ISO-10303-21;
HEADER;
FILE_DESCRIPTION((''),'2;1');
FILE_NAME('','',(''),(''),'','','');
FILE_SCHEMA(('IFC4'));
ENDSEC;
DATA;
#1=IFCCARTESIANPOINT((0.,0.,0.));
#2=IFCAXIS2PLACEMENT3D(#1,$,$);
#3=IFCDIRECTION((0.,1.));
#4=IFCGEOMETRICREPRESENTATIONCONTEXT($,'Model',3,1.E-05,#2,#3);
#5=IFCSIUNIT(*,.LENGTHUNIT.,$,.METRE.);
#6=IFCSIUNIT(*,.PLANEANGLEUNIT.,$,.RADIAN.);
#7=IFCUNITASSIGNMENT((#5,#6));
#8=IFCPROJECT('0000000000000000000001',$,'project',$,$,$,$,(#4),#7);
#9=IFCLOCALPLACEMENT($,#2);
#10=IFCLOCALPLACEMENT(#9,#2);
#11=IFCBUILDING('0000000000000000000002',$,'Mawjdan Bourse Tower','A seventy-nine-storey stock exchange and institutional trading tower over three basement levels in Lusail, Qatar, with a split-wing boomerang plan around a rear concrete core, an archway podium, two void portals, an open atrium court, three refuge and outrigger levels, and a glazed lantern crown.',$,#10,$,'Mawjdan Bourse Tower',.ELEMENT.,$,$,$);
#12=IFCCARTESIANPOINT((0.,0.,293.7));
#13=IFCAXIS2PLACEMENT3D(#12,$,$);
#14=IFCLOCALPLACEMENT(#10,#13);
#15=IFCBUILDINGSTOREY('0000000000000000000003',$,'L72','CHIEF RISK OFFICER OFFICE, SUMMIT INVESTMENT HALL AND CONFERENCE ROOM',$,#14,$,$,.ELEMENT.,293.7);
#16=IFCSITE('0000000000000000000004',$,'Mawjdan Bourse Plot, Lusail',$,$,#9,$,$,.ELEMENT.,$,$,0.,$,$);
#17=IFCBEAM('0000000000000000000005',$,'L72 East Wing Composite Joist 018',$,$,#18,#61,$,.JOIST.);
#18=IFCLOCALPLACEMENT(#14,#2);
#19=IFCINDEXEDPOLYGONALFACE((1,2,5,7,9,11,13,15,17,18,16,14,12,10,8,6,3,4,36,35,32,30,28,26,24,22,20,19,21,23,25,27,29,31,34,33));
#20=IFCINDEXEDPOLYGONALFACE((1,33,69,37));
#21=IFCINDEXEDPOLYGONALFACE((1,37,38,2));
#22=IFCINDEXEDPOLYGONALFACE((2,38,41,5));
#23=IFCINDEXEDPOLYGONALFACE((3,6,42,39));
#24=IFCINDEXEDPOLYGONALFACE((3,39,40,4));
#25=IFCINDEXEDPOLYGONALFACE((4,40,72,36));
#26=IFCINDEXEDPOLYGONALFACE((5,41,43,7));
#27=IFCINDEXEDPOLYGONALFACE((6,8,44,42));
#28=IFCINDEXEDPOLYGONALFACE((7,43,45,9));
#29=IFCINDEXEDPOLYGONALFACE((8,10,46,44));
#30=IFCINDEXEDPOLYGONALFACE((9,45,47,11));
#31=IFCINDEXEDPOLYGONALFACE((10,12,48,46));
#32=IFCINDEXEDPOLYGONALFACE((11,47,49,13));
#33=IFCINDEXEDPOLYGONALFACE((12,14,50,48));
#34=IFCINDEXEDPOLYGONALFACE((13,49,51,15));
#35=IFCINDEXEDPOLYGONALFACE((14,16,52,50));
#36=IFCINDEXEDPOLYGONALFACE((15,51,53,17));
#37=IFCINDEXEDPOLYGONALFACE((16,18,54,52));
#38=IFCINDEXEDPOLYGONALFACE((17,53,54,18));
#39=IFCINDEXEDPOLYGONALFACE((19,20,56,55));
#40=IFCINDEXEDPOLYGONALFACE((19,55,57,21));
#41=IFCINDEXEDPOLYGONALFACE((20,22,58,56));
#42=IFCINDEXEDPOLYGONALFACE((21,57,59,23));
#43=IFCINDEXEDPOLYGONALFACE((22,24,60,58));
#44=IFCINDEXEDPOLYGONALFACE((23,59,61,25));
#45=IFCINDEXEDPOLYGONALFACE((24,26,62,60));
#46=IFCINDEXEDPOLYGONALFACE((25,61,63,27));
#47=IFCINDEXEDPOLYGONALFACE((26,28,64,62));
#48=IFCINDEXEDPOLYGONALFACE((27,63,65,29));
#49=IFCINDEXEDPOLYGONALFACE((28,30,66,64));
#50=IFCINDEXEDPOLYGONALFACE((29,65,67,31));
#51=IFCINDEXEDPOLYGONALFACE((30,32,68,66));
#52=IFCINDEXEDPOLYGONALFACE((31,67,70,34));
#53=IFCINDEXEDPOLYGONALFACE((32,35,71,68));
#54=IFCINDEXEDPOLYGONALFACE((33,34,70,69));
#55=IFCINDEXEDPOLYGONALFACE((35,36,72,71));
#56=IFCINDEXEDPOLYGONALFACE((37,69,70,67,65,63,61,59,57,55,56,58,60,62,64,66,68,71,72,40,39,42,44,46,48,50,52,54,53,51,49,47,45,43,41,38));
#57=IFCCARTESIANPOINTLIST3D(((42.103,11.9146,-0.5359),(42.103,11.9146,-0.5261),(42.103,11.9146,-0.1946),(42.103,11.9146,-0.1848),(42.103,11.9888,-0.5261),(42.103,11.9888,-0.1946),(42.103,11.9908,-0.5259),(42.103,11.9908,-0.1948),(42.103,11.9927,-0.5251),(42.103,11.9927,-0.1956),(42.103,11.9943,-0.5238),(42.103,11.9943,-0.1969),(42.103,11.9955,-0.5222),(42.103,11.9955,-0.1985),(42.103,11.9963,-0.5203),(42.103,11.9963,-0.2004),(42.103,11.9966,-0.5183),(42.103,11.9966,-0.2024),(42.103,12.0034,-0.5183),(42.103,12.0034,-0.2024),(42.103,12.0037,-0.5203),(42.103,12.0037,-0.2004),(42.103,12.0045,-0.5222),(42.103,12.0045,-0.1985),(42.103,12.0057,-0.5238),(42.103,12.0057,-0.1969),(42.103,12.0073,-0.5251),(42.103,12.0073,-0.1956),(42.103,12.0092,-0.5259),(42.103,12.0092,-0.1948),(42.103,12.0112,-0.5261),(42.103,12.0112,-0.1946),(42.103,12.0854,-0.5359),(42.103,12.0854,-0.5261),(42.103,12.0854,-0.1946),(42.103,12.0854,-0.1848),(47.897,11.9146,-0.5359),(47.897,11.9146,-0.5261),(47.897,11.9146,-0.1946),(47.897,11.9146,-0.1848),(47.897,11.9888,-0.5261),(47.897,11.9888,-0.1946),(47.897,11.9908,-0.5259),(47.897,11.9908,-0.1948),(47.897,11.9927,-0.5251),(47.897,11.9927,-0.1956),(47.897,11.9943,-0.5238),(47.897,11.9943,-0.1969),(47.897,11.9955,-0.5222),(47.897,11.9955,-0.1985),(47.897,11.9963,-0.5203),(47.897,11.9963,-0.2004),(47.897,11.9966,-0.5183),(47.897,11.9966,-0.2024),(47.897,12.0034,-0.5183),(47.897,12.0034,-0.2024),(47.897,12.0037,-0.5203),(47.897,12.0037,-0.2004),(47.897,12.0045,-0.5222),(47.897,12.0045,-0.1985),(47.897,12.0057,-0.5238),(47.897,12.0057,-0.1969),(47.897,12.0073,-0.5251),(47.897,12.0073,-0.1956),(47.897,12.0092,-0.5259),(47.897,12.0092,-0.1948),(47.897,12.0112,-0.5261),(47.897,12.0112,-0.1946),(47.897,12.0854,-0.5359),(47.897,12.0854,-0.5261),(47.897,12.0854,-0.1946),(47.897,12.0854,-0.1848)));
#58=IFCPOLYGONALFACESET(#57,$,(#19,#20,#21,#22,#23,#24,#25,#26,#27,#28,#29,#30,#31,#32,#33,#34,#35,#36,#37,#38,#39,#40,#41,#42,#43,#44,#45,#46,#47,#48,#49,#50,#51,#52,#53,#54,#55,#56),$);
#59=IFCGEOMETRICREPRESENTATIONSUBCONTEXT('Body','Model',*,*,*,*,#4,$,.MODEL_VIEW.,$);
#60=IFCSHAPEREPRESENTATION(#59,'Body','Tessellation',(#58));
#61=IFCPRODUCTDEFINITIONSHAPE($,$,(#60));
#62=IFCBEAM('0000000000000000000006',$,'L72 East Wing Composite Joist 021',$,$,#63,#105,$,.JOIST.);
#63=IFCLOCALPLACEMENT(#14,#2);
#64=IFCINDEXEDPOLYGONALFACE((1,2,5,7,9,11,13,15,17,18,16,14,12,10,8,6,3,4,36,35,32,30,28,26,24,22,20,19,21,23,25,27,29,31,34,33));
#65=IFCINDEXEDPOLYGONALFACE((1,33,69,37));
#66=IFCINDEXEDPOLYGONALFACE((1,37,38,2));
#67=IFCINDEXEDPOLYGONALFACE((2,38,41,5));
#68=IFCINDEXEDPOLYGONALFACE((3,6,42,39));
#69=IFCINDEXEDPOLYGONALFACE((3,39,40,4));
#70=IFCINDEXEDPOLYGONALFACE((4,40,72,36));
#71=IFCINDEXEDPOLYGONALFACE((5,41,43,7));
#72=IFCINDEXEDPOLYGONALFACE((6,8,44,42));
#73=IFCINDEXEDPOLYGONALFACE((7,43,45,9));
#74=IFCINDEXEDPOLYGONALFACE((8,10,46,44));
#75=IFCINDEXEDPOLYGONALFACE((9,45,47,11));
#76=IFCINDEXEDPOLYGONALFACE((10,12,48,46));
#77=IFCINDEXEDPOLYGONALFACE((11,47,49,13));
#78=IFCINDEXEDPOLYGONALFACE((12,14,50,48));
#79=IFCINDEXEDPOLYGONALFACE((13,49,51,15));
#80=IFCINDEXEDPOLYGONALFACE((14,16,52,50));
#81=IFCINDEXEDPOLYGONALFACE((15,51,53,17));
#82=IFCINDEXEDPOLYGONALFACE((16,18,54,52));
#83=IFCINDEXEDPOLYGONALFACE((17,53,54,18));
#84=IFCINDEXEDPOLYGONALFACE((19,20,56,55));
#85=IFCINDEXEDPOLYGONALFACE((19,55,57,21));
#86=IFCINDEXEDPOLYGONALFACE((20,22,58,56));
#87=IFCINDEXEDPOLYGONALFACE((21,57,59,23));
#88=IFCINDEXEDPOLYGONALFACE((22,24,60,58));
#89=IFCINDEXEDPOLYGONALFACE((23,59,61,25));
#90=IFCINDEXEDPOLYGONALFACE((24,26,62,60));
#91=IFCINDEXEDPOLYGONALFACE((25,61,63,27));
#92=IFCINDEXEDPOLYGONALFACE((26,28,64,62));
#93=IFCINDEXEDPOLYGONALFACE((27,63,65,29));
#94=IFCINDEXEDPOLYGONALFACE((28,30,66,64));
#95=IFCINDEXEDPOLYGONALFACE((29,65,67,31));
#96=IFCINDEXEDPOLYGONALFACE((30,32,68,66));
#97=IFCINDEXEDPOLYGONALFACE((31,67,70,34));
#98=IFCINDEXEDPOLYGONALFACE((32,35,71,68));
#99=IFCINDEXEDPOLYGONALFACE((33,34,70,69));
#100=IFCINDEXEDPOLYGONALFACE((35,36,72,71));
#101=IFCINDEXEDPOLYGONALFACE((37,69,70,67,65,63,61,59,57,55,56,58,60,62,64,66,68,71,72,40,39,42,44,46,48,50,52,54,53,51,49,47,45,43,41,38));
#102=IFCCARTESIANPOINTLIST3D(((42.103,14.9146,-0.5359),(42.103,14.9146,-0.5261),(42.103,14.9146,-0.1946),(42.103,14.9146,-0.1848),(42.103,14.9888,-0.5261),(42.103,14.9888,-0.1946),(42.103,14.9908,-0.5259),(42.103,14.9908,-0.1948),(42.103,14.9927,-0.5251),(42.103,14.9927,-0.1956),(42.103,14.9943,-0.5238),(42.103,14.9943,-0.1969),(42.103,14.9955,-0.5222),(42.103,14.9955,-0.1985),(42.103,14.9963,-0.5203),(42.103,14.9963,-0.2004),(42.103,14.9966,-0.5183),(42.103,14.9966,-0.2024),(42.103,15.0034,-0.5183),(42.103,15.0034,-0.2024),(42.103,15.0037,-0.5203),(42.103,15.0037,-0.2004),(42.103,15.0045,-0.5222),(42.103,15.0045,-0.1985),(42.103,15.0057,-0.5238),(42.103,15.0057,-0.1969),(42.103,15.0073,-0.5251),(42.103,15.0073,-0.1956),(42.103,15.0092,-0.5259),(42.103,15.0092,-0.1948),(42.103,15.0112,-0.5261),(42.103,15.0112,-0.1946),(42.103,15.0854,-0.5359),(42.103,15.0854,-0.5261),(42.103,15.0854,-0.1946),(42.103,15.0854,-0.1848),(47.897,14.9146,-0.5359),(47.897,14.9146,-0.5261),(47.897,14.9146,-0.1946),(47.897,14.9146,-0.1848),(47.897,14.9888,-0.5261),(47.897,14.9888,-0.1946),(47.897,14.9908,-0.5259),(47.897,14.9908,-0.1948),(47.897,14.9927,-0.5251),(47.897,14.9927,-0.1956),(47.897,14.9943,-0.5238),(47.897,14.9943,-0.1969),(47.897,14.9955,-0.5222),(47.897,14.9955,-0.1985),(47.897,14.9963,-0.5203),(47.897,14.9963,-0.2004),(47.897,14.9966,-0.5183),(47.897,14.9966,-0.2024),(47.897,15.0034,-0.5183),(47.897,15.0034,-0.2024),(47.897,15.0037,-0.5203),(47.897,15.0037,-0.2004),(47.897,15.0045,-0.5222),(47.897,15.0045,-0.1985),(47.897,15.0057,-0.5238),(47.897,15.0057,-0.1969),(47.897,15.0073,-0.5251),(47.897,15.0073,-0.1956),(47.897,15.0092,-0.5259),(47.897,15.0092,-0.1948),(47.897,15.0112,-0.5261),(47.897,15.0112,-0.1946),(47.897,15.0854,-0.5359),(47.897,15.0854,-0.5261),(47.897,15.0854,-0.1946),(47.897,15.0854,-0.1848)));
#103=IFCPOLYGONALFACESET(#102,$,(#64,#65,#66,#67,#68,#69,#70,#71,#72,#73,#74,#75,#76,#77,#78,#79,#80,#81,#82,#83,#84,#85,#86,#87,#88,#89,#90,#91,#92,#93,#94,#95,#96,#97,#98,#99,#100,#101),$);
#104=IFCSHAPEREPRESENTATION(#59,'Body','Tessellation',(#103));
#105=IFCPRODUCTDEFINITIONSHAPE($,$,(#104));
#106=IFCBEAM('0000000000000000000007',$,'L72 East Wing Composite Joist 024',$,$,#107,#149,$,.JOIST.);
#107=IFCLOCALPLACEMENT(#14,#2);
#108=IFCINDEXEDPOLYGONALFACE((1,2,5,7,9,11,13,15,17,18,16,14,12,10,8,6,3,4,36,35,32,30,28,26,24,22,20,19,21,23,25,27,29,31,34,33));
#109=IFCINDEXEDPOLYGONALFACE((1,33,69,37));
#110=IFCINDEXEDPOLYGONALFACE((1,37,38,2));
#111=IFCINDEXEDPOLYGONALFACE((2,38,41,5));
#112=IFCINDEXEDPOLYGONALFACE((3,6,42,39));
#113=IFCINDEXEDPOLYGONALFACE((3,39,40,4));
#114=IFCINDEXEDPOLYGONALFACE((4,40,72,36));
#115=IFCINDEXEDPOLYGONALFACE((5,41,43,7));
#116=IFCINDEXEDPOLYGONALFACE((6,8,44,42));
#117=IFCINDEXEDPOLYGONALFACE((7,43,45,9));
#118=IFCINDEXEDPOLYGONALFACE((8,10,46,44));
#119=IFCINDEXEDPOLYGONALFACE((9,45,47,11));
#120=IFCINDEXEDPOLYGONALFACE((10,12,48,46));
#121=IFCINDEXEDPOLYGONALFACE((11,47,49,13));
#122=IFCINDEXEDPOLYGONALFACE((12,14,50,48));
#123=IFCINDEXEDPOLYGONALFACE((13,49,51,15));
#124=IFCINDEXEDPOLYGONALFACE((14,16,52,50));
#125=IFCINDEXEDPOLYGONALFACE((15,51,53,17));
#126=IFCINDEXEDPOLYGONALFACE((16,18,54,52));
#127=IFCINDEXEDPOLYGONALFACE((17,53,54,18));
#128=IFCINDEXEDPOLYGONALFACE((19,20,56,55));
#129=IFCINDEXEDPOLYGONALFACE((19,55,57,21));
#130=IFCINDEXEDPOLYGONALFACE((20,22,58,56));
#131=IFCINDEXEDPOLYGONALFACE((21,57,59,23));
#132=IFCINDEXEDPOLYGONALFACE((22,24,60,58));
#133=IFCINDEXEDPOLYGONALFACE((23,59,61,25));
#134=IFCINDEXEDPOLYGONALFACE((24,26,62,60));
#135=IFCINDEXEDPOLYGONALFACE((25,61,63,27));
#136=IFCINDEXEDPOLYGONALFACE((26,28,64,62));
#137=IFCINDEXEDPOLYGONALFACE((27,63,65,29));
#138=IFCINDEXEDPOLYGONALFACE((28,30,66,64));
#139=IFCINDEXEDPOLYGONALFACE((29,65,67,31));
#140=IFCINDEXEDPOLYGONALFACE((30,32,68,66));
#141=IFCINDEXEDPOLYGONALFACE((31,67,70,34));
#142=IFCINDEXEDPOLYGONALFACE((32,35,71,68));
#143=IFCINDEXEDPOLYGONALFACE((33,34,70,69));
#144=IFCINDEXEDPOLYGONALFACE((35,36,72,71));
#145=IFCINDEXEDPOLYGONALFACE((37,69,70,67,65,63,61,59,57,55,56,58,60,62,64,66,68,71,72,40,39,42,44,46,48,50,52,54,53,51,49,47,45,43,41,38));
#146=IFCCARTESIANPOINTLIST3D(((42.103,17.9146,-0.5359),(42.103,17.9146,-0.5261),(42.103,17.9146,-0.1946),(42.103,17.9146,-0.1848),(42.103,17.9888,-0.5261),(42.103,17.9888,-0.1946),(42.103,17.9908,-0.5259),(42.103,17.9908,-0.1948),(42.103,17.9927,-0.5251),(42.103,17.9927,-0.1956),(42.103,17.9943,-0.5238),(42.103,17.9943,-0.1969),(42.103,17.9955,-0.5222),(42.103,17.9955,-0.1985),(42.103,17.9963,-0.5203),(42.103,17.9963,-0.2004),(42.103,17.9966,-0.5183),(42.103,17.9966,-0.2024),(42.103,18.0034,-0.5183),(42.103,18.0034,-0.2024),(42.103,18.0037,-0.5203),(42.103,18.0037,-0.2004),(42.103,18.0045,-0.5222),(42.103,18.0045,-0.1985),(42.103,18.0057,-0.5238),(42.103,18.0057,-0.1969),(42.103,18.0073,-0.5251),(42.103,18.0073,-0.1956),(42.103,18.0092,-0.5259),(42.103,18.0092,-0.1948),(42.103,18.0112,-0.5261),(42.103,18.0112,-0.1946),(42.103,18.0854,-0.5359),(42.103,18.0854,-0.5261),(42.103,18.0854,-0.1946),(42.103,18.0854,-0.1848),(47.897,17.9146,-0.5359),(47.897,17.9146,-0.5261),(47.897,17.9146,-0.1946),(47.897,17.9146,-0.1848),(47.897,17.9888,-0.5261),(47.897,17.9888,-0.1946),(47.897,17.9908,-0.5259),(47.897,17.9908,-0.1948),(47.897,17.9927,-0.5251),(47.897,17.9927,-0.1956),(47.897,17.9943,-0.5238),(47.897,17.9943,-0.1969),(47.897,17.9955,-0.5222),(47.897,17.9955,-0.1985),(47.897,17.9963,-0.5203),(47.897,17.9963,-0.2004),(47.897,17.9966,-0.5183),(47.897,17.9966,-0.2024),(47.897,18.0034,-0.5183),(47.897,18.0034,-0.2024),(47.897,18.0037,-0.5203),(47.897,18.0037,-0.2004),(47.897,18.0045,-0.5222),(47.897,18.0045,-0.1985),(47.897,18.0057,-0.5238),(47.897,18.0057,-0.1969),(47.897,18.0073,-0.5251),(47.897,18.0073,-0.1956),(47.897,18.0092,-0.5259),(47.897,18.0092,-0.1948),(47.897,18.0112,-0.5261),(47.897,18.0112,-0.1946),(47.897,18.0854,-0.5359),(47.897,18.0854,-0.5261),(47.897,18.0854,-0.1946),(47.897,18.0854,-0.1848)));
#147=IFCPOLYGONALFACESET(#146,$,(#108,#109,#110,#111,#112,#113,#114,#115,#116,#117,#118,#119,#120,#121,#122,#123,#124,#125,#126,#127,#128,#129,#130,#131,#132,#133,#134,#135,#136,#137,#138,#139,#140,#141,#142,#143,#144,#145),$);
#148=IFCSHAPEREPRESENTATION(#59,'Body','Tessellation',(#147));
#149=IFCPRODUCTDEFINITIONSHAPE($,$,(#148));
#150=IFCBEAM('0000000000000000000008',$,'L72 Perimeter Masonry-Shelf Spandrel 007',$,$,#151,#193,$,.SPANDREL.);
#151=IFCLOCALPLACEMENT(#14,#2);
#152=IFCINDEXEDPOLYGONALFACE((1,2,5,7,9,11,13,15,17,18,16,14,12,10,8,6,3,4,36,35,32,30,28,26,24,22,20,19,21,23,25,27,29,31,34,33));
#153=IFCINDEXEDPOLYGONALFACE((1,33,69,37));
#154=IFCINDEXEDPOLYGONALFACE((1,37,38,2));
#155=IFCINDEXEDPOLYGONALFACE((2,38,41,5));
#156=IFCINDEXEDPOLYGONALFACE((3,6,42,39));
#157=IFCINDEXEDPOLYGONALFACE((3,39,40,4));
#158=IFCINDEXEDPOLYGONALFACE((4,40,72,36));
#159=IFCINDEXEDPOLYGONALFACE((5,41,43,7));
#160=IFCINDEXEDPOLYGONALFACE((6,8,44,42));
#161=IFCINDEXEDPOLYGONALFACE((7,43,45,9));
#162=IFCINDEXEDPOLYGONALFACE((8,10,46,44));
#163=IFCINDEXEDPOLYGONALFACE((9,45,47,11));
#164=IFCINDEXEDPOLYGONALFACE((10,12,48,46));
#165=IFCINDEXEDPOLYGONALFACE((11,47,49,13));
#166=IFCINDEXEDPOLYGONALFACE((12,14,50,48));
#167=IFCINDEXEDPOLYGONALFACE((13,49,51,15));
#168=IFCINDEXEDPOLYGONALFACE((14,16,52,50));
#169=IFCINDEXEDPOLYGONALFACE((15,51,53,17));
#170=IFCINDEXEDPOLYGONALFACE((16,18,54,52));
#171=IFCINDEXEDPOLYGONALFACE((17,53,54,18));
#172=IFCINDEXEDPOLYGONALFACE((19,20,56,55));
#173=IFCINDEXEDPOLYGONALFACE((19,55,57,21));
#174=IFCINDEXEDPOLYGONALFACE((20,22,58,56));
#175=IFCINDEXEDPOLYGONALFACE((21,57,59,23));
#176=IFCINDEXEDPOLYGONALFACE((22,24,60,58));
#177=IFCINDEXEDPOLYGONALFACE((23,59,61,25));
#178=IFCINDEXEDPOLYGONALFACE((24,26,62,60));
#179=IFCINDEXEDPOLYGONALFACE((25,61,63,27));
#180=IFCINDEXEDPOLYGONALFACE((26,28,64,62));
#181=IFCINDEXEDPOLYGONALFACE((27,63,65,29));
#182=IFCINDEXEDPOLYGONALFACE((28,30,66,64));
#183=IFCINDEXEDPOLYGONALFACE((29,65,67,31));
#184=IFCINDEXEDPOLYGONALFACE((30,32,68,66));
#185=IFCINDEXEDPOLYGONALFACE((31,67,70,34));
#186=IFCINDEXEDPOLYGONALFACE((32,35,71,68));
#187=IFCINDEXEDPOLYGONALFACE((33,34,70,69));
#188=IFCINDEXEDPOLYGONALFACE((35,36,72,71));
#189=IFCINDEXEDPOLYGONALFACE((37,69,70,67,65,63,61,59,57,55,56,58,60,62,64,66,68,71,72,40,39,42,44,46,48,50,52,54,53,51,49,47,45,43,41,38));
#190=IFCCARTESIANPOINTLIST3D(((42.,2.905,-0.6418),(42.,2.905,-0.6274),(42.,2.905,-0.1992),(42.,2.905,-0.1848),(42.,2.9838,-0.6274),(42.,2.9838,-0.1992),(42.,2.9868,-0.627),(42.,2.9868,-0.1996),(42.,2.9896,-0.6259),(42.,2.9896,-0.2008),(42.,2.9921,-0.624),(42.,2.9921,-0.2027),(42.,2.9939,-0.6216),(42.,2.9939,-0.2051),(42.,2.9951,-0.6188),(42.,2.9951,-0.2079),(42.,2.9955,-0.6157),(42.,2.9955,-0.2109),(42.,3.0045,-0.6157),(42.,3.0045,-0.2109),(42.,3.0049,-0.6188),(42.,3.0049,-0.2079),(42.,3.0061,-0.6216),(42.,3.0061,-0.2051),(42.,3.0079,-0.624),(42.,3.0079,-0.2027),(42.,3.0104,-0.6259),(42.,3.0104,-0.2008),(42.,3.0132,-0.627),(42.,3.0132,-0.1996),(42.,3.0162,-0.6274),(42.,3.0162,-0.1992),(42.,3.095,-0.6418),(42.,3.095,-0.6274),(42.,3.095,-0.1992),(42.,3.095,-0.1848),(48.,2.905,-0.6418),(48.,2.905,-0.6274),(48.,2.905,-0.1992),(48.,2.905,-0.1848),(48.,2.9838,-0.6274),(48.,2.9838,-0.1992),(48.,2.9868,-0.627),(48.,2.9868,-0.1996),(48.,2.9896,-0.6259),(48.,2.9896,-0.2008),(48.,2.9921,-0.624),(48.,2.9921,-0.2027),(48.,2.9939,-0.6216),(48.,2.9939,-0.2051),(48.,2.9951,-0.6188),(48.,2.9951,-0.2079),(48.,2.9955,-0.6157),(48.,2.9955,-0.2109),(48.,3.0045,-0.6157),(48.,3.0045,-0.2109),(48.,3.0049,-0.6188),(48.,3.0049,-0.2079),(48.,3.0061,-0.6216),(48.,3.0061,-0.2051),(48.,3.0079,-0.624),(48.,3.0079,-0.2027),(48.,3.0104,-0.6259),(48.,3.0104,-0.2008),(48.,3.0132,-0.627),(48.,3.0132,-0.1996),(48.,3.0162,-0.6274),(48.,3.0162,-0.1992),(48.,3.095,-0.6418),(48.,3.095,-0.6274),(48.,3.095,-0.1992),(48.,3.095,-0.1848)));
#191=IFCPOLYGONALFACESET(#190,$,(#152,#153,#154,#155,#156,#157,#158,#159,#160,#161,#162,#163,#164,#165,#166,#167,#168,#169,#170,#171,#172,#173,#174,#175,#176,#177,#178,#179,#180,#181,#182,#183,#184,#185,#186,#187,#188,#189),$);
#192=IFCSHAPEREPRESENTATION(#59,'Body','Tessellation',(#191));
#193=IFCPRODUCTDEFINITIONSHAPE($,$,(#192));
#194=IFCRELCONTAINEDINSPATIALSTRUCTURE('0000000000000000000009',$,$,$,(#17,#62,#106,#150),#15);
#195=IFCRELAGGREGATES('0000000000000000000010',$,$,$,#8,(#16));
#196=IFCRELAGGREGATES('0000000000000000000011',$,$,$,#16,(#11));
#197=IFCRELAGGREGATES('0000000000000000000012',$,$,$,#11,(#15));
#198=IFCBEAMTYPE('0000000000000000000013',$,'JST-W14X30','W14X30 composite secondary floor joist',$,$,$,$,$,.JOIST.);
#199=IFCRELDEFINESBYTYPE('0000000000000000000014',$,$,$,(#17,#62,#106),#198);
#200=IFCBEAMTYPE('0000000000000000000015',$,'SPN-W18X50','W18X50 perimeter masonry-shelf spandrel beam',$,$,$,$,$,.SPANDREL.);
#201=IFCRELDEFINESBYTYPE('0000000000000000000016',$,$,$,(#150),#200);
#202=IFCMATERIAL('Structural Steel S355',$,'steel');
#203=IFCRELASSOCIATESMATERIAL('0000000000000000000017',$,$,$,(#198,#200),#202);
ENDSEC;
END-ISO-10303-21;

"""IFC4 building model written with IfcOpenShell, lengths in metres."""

from ifc_helpers import new_model, si_unit, direction, frame, origin, origin_2d, place, context, subcontext, project, spatial, i_section, extrude, material, material_profile, profile_set, type_object, element, save


model = new_model("IFC4")

# Units and contexts
model_context = context("Model", 3, precision=1e-05, world=origin(), true_north=direction((0.0, 1.0)))
body_context = subcontext(model_context, "Body", "Model", "MODEL_VIEW")
ifc_project = project(units=[si_unit("LENGTHUNIT", "METRE"), si_unit("PLANEANGLEUNIT", "RADIAN")], contexts=[model_context])

# Site, building, storey
site_placement = place(None, origin())
site = spatial("IfcSite", under=ifc_project, at=site_placement, Name="Mawjdan Bourse Plot, Lusail", CompositionType="ELEMENT", RefElevation=0.0)
building_placement = place(site_placement, origin())
building = spatial("IfcBuilding", under=site, at=building_placement, Name="Mawjdan Bourse Tower", Description="A seventy-nine-storey stock exchange and institutional trading tower over three basement levels in Lusail, Qatar, with a split-wing boomerang plan around a rear concrete core, an archway podium, two void portals, an open atrium court, three refuge and outrigger levels, and a glazed lantern crown.", LongName="Mawjdan Bourse Tower", CompositionType="ELEMENT")
storey_placement = place(building_placement, frame((0.0, 0.0, 293.7)))
storey = spatial("IfcBuildingStorey", under=building, at=storey_placement, Name="L72", Description="CHIEF RISK OFFICER OFFICE, SUMMIT INVESTMENT HALL AND CONFERENCE ROOM", CompositionType="ELEMENT", Elevation=293.7)

# Beams
ifc_material_1 = material(Name="Structural Steel S355", Category="steel")
ifc_material_profile_1 = material_profile(ifc_material_1, i_section(OverallWidth=0.1709, OverallDepth=0.3511, WebThickness=0.0068, FlangeThickness=0.0098, FilletRadius=0.0078, at=origin_2d()), Name="W14X30")
ifc_profile_set_1 = profile_set([ifc_material_profile_1], Name="Structural Steel S355")
beam_type_1 = type_object("IfcBeamType", Name="JST-W14X30", Description="W14X30 composite secondary floor joist", PredefinedType="JOIST", material=ifc_profile_set_1)
for number, where, z_axis, x_axis, name in (
    (1, (42.103, 12.0, -0.3604), (1.0, 0.0, 0.0), (0.0, 1.0, 0.0), "L72 East Wing Composite Joist 018"),
    (2, (42.103, 15.0, -0.3604), (1.0, 0.0, 0.0), (0.0, 1.0, 0.0), "L72 East Wing Composite Joist 021"),
    (3, (42.103, 18.0, -0.3604), (1.0, 0.0, 0.0), (0.0, 1.0, 0.0), "L72 East Wing Composite Joist 024"),
):
    element("IfcBeam", number, at=place(storey_placement, frame(where, z_axis=z_axis, x_axis=x_axis)), inside=storey, type_object=beam_type_1, Name=name, PredefinedType="JOIST", context=body_context, shape_type="SweptSolid", body=[
        extrude(i_section(OverallWidth=0.1709, OverallDepth=0.3511, WebThickness=0.0068, FlangeThickness=0.0098, FilletRadius=0.0078, at=origin_2d()), origin(), (0.0, 0.0, 1.0), 5.7939),
    ])
ifc_material_profile_2 = material_profile(ifc_material_1, i_section(OverallWidth=0.1899, OverallDepth=0.457, WebThickness=0.009, FlangeThickness=0.0144, FilletRadius=0.0117, at=origin_2d()), Name="W18X50")
ifc_profile_set_2 = profile_set([ifc_material_profile_2], Name="Structural Steel S355")
beam_type_2 = type_object("IfcBeamType", Name="SPN-W18X50", Description="W18X50 perimeter masonry-shelf spandrel beam", PredefinedType="SPANDREL", material=ifc_profile_set_2)
for number, where, z_axis, x_axis, name in (
    (4, (42.0, 3.0, -0.4133), (1.0, 0.0, 0.0), (0.0, 1.0, 0.0), "L72 Perimeter Masonry-Shelf Spandrel 007"),
):
    element("IfcBeam", number, at=place(storey_placement, frame(where, z_axis=z_axis, x_axis=x_axis)), inside=storey, type_object=beam_type_2, Name=name, PredefinedType="SPANDREL", context=body_context, shape_type="SweptSolid", body=[
        extrude(i_section(OverallWidth=0.1899, OverallDepth=0.457, WebThickness=0.009, FlangeThickness=0.0144, FilletRadius=0.0117, at=origin_2d()), origin(), (0.0, 0.0, 1.0), 6.0),
    ])

save(model, "model.ifc")
